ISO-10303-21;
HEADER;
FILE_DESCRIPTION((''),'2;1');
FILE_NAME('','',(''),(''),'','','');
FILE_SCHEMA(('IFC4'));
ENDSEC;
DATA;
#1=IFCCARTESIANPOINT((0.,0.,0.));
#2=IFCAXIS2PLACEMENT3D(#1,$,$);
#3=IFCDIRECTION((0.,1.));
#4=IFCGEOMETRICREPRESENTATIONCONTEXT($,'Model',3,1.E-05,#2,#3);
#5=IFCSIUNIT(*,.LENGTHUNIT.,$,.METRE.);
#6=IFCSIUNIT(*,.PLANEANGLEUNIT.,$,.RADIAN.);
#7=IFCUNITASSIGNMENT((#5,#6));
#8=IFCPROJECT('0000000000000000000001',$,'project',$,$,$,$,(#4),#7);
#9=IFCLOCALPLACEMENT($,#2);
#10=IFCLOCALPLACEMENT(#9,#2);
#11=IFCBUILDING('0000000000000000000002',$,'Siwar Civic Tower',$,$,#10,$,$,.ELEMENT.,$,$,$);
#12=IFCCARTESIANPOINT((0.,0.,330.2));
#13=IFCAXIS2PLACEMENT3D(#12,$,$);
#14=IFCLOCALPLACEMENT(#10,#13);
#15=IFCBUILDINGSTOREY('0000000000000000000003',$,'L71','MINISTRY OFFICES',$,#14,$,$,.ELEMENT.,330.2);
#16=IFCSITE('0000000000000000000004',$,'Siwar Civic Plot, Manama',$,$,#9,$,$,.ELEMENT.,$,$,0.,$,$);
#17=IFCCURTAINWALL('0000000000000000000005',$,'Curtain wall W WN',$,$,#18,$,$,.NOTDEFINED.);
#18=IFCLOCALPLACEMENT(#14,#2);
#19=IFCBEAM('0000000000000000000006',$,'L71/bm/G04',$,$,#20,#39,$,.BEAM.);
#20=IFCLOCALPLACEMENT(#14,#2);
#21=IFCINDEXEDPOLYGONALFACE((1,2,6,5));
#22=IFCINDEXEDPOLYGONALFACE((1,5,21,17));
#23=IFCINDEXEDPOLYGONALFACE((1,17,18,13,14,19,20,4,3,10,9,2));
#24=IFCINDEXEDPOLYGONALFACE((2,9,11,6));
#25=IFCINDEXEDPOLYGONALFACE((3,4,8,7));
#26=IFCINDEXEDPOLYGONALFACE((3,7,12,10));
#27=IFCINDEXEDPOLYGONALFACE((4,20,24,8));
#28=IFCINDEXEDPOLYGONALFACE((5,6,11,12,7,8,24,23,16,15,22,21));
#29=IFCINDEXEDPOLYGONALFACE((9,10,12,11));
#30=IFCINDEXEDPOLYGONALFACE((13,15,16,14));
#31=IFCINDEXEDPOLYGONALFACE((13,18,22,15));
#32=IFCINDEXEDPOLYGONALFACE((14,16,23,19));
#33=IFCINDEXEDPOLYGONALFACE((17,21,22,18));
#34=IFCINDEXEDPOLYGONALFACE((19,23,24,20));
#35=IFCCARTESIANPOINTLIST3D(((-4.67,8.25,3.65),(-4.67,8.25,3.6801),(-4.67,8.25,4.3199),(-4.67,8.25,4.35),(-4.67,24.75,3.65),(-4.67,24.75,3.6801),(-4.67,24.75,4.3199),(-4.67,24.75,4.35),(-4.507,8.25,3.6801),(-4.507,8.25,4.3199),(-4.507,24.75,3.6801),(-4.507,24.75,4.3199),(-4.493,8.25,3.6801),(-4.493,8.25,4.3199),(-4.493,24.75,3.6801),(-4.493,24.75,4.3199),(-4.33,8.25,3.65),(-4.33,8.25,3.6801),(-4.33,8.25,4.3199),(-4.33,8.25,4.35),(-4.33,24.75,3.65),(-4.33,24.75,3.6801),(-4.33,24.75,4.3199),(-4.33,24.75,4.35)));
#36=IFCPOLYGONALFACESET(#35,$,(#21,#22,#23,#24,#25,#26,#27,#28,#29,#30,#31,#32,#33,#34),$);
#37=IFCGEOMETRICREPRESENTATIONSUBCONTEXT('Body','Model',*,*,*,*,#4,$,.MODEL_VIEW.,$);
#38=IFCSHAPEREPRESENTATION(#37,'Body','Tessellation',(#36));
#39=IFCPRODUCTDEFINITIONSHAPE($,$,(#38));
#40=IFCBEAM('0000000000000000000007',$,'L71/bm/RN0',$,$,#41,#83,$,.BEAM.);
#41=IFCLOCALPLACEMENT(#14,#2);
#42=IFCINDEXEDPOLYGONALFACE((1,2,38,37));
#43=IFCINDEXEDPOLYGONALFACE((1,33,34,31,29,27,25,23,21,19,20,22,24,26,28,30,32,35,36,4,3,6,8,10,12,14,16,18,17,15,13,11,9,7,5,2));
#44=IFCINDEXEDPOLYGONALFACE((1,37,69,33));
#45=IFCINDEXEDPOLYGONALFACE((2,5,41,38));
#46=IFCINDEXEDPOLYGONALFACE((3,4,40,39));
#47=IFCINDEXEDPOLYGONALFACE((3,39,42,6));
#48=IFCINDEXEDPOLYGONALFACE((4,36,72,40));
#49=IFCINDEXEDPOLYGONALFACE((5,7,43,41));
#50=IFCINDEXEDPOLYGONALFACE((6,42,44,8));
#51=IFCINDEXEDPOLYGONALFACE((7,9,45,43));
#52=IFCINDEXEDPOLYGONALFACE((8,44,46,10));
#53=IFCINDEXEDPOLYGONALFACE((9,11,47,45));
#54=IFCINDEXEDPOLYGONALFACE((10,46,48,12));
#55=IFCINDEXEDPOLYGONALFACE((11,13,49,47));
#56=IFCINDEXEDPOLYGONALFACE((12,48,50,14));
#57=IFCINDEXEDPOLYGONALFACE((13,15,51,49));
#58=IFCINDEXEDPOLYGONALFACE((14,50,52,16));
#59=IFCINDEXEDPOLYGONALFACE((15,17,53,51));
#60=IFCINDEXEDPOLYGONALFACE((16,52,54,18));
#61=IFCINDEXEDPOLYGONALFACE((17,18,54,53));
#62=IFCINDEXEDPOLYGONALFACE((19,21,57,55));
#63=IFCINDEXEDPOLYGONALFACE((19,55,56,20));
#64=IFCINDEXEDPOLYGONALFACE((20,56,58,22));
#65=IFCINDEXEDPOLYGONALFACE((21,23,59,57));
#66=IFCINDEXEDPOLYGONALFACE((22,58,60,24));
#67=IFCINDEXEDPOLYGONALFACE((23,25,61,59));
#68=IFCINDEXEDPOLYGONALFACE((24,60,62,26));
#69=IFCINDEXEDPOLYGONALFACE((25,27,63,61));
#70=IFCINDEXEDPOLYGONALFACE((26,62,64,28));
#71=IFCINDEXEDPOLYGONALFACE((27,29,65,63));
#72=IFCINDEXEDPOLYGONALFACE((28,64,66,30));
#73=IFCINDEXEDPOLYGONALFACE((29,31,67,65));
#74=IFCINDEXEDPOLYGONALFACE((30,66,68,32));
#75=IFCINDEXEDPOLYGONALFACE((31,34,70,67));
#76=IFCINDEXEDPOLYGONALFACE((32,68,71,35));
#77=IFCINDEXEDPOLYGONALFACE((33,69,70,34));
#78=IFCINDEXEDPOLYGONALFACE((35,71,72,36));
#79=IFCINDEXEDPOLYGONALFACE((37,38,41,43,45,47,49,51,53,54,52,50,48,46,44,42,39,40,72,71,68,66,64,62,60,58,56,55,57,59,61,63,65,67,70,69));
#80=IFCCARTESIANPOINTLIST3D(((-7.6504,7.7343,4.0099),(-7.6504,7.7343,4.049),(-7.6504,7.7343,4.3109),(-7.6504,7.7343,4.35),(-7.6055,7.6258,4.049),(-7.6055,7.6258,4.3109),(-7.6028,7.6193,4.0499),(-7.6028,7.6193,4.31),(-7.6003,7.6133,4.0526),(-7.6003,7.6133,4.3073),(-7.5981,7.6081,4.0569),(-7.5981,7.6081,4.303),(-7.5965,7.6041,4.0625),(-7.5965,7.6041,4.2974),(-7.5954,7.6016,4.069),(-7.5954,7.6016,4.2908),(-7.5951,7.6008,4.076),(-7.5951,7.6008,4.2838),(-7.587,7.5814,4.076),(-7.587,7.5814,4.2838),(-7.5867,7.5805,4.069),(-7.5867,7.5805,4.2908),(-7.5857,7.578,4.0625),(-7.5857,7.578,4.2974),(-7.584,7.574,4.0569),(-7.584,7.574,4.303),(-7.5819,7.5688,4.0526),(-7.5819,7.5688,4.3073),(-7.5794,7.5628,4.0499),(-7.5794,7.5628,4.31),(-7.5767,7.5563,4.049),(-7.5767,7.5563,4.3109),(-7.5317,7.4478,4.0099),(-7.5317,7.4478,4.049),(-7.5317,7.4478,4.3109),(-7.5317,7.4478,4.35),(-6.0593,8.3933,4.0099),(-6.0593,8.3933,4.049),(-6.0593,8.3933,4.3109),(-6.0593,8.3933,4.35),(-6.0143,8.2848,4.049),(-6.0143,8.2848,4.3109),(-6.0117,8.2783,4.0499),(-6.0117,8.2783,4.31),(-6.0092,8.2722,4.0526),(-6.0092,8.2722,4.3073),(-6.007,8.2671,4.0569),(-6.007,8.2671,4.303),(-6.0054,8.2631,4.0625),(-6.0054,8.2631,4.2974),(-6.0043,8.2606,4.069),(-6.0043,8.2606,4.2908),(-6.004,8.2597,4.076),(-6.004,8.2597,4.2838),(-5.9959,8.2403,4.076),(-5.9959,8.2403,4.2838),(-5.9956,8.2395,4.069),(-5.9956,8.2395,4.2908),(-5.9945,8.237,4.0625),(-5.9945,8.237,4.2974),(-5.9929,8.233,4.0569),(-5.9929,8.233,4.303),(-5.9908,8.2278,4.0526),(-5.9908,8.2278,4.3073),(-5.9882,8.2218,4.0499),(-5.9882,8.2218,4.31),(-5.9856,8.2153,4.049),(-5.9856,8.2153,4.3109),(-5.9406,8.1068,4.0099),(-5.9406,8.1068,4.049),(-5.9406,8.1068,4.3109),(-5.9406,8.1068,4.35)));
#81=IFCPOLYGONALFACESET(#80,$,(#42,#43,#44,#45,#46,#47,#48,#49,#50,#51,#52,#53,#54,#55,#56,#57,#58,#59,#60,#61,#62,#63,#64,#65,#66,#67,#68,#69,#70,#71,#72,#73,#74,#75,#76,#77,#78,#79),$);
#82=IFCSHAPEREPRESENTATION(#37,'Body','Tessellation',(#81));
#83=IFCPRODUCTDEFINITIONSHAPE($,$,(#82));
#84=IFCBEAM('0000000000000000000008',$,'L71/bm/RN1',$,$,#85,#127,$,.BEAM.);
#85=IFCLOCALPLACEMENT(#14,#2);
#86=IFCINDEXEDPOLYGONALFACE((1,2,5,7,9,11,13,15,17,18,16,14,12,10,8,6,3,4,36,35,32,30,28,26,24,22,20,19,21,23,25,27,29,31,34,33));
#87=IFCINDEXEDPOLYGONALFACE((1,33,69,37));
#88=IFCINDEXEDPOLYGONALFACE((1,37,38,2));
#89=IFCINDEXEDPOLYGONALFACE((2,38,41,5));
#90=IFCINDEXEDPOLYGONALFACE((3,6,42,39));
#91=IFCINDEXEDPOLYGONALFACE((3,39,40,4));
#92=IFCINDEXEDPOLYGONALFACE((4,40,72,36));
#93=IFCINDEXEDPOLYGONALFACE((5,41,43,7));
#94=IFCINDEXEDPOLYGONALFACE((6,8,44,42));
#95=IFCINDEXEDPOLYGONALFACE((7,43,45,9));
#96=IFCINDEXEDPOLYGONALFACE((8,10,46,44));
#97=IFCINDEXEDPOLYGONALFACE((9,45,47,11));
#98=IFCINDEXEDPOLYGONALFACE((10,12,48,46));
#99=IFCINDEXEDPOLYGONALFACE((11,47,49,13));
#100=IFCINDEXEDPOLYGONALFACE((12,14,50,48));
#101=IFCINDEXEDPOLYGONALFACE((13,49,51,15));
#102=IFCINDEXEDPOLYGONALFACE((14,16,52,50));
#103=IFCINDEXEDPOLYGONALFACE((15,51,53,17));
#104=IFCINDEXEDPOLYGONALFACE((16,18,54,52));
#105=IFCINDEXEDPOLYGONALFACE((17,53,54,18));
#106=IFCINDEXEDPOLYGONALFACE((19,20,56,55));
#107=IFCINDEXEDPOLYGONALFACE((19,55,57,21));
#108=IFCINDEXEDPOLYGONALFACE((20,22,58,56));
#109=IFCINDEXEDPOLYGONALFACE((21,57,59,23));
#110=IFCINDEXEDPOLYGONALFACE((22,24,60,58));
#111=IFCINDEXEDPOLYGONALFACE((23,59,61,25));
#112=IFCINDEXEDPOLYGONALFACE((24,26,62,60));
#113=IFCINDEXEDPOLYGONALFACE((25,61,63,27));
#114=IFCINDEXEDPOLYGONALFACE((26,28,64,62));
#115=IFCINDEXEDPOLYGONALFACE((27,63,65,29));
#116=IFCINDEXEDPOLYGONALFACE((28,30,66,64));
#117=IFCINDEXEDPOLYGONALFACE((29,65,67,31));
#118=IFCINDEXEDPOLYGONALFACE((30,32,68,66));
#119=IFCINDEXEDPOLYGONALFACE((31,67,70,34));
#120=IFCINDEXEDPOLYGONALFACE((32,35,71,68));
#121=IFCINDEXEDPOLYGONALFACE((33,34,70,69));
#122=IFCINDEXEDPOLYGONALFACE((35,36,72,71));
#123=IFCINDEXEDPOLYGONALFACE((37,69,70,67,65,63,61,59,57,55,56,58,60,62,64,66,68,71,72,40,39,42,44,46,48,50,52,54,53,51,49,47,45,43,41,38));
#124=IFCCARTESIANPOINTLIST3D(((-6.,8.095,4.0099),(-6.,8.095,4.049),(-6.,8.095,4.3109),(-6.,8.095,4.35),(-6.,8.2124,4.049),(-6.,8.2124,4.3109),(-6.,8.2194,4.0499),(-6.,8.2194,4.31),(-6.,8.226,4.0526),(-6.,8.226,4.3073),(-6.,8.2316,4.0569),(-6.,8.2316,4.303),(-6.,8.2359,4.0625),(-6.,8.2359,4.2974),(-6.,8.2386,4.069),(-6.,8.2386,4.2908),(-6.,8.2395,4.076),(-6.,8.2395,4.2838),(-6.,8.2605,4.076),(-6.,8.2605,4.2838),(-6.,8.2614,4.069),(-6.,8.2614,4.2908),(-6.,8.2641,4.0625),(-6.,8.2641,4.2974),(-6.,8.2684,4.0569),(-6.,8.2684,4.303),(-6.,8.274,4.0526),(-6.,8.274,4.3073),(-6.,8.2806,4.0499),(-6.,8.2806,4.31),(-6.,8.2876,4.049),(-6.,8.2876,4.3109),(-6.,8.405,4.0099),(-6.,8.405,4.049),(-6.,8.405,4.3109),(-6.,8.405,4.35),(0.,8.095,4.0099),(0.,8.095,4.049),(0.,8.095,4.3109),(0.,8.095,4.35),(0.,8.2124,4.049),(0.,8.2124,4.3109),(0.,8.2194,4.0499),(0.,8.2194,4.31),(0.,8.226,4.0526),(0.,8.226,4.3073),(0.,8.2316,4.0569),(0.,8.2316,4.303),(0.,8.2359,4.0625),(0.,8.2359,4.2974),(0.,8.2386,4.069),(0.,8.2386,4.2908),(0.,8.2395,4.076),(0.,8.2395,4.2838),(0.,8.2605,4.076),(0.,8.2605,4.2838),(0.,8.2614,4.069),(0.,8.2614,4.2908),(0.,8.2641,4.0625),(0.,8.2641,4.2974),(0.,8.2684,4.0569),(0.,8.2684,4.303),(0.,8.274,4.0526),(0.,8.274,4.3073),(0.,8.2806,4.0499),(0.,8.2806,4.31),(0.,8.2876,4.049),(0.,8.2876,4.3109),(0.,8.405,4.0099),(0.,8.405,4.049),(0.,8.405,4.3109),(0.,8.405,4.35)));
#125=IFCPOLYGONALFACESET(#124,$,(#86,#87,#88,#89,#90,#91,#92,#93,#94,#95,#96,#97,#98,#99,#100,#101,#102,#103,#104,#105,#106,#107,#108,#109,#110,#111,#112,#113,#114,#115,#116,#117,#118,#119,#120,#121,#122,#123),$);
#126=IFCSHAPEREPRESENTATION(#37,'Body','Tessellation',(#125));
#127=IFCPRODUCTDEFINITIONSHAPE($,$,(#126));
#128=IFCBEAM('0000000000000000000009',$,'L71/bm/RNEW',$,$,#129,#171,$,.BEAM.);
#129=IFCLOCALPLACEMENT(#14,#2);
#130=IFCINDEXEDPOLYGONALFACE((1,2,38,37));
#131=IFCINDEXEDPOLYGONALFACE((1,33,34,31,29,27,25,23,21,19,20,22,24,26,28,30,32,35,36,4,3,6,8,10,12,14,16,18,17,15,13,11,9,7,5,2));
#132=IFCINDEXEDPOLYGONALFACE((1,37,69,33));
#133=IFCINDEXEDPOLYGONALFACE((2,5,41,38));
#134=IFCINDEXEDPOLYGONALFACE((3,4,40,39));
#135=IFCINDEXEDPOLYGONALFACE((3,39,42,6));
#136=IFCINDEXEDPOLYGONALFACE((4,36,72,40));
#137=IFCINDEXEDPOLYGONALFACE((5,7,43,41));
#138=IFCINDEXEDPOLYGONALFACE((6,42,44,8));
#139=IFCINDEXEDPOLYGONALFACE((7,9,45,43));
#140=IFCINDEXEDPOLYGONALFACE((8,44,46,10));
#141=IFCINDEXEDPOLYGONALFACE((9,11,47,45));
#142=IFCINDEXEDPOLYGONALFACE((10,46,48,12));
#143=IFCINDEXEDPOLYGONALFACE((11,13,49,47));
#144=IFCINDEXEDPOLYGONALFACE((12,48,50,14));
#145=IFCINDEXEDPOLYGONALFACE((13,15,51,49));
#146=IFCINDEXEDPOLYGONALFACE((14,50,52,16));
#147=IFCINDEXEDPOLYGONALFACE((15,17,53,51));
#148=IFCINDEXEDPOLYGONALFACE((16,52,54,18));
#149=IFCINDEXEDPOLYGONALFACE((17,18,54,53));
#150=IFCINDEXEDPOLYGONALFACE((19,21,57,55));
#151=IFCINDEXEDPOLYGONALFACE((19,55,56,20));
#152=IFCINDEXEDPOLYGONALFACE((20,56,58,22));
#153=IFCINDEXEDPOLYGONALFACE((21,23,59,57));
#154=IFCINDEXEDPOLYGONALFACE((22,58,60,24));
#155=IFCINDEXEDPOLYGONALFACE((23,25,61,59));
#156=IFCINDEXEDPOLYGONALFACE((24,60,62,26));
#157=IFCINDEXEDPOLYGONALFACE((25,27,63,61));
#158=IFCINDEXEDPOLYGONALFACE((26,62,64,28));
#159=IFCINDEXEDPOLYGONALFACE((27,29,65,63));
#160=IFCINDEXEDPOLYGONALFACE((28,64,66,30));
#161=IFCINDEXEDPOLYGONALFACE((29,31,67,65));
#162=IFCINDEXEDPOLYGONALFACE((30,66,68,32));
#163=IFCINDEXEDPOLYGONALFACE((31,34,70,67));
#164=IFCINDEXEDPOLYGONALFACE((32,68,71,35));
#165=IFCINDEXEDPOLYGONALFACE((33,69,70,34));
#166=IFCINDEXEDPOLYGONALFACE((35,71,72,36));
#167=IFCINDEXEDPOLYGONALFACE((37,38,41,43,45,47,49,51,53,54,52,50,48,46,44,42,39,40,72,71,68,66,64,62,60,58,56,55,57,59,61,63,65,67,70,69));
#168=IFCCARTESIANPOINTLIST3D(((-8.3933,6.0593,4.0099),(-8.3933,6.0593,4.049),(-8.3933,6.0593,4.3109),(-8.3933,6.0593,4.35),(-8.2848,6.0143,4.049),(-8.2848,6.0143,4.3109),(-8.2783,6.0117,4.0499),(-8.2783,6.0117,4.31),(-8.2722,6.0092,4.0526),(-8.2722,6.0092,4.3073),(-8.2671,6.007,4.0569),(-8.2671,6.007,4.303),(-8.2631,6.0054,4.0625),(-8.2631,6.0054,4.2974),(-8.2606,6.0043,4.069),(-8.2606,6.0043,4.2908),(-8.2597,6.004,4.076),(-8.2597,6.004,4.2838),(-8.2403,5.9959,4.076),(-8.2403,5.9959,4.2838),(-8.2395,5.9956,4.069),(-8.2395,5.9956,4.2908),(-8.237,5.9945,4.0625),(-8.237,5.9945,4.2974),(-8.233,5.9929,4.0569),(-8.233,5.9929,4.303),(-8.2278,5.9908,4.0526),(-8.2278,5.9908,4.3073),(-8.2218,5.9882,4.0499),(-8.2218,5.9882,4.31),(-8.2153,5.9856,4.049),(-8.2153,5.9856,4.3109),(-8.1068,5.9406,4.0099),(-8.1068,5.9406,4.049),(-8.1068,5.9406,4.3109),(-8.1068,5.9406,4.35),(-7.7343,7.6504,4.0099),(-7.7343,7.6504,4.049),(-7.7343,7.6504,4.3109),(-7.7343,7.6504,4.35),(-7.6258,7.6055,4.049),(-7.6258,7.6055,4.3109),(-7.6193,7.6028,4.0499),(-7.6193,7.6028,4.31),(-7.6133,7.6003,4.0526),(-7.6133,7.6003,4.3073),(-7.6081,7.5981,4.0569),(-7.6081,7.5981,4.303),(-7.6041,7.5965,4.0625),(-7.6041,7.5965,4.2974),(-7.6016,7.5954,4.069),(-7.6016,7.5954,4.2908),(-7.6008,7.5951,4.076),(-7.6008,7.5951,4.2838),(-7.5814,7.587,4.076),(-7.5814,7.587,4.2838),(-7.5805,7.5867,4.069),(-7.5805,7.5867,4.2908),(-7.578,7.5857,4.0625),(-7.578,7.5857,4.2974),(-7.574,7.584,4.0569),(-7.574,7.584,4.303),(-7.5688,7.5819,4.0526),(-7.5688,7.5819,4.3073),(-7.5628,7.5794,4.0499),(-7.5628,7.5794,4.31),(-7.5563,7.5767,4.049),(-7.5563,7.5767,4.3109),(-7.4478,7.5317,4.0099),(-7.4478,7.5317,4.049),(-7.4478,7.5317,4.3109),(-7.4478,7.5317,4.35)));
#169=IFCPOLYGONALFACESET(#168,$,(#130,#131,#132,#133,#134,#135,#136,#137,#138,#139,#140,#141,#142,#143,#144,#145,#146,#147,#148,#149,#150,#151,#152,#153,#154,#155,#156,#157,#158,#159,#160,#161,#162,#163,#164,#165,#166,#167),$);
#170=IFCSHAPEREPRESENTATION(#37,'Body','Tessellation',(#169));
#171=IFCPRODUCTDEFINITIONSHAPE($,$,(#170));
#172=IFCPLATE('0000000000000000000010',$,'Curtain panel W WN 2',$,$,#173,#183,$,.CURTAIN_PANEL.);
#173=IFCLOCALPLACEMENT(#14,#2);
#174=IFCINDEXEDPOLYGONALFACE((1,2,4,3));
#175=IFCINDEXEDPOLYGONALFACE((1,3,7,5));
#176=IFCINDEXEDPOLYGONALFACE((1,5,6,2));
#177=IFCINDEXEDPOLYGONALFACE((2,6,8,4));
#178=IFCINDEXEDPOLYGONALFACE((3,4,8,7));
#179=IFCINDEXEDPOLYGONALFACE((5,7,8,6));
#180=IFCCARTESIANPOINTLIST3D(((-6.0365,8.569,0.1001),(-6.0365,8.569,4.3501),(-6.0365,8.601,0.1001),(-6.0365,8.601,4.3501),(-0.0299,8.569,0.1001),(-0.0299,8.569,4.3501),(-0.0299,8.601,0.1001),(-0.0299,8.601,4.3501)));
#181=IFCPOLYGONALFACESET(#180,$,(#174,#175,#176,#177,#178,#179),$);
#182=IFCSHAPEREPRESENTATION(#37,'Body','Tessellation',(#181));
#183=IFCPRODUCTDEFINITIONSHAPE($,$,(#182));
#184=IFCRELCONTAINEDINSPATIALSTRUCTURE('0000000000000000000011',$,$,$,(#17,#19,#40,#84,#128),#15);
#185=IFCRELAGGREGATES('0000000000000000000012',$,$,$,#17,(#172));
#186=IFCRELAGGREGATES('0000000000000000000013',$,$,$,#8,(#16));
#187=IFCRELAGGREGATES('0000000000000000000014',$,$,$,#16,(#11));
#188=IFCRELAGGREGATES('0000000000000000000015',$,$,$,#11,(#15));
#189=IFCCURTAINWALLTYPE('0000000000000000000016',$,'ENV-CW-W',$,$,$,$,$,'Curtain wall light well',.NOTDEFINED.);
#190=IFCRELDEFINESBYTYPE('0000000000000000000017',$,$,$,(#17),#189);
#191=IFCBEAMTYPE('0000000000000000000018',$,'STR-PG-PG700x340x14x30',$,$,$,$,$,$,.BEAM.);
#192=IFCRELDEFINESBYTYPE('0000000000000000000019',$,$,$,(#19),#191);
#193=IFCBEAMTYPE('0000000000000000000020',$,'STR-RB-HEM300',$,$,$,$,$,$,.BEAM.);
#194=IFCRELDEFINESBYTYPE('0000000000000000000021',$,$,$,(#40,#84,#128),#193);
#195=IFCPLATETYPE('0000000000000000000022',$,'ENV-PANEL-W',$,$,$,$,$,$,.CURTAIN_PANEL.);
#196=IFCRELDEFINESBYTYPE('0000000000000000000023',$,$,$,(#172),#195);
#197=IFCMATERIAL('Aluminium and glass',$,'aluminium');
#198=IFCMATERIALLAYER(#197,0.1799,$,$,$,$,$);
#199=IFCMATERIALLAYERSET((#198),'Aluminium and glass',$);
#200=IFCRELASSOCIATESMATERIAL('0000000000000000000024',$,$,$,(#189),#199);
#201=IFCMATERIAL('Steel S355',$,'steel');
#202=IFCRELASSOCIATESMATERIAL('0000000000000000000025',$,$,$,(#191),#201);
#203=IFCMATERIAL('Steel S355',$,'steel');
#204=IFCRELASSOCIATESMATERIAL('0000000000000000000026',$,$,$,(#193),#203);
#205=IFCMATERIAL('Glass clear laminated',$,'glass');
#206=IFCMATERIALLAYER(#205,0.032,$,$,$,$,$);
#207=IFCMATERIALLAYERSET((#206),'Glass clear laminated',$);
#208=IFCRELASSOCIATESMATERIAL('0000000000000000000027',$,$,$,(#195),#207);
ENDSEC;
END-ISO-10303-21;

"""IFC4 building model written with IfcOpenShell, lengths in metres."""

from ifc_helpers import new_model, si_unit, direction, frame, origin, origin_2d, place, context, subcontext, project, spatial, rectangle, i_section, extrude, material, layer, layer_set, material_profile, profile_set, type_object, element, aggregate, save


model = new_model("IFC4")

# Units and contexts
model_context = context("Model", 3, precision=1e-05, world=origin(), true_north=direction((0.0, 1.0)))
body_context = subcontext(model_context, "Body", "Model", "MODEL_VIEW")
ifc_project = project(units=[si_unit("LENGTHUNIT", "METRE"), si_unit("PLANEANGLEUNIT", "RADIAN")], contexts=[model_context])

# Site, building, storey
site_placement = place(None, origin())
site = spatial("IfcSite", under=ifc_project, at=site_placement, Name="Siwar Civic Plot, Manama", CompositionType="ELEMENT", RefElevation=0.0)
building_placement = place(site_placement, origin())
building = spatial("IfcBuilding", under=site, at=building_placement, Name="Siwar Civic Tower", CompositionType="ELEMENT")
storey_placement = place(building_placement, frame((0.0, 0.0, 330.2)))
storey = spatial("IfcBuildingStorey", under=building, at=storey_placement, Name="L71", Description="MINISTRY OFFICES", CompositionType="ELEMENT", Elevation=330.2)

# Curtain wall
ifc_material_1 = material(Name="Aluminium and glass", Category="aluminium")
ifc_layer_1 = layer(ifc_material_1, 0.1799)
ifc_layer_set_1 = layer_set([ifc_layer_1], Name="Aluminium and glass")
curtain_wall_type = type_object("IfcCurtainWallType", Name="ENV-CW-W", ElementType="Curtain wall light well", PredefinedType="NOTDEFINED", material=ifc_layer_set_1)
curtain_wall_placement = place(storey_placement, origin())
curtain_wall = element("IfcCurtainWall", 1, at=curtain_wall_placement, inside=storey, type_object=curtain_wall_type, Name="Curtain wall W WN", PredefinedType="NOTDEFINED")

# Beams
ifc_material_2 = material(Name="Steel S355", Category="steel")
ifc_material_profile_1 = material_profile(ifc_material_2, i_section(OverallWidth=0.3401, OverallDepth=0.7, WebThickness=0.0139, FlangeThickness=0.03, at=origin_2d()), Name="PG700x340x14x30")
ifc_profile_set_1 = profile_set([ifc_material_profile_1], Name="Steel S355")
beam_type_1 = type_object("IfcBeamType", Name="STR-PG-PG700x340x14x30", PredefinedType="BEAM", material=ifc_profile_set_1)
beam_1_placement = place(storey_placement, frame((-4.5, 8.25, 4.0), z_axis=(0.0, 1.0, 0.0), x_axis=(-1.0, 0.0, 0.0)))
element("IfcBeam", 2, at=beam_1_placement, inside=storey, type_object=beam_type_1, Name="L71/bm/G04", PredefinedType="BEAM", context=body_context, shape_type="SweptSolid", body=[
    extrude(i_section(OverallWidth=0.3401, OverallDepth=0.7, WebThickness=0.0139, FlangeThickness=0.03, at=origin_2d()), origin(), (0.0, 0.0, 1.0), 16.5),
])
ifc_material_3 = material(Name="Steel S355", Category="steel")
ifc_material_profile_2 = material_profile(ifc_material_3, i_section(OverallWidth=0.3101, OverallDepth=0.3401, WebThickness=0.021, FlangeThickness=0.0391, FilletRadius=0.0271, at=origin_2d()), Name="HEM300")
ifc_profile_set_2 = profile_set([ifc_material_profile_2], Name="Steel S355")
beam_type_2 = type_object("IfcBeamType", Name="STR-RB-HEM300", PredefinedType="BEAM", material=ifc_profile_set_2)
beam_2_placement = place(storey_placement, frame((-7.5911, 7.5911, 4.1799), z_axis=(0.923901, 0.382631, 0.0), x_axis=(-0.382631, 0.923901, 0.0)))
element("IfcBeam", 3, at=beam_2_placement, inside=storey, type_object=beam_type_2, Name="L71/bm/RN0", PredefinedType="BEAM", context=body_context, shape_type="SweptSolid", body=[
    extrude(i_section(OverallWidth=0.3101, OverallDepth=0.3401, WebThickness=0.021, FlangeThickness=0.0391, FilletRadius=0.0271, at=origin_2d()), origin(), (0.0, 0.0, 1.0), 1.7222),
])
beam_3_placement = place(storey_placement, frame((-6.0, 8.25, 4.1799), z_axis=(1.0, 0.0, 0.0), x_axis=(0.0, 1.0, 0.0)))
element("IfcBeam", 4, at=beam_3_placement, inside=storey, type_object=beam_type_2, Name="L71/bm/RN1", PredefinedType="BEAM", context=body_context, shape_type="SweptSolid", body=[
    extrude(i_section(OverallWidth=0.3101, OverallDepth=0.3401, WebThickness=0.021, FlangeThickness=0.0391, FilletRadius=0.0271, at=origin_2d()), origin(), (0.0, 0.0, 1.0), 6.0),
])
beam_4_placement = place(storey_placement, frame((-7.5911, 7.5911, 4.1799), z_axis=(-0.382631, -0.923901, 0.0), x_axis=(0.923901, -0.382631, 0.0)))
element("IfcBeam", 5, at=beam_4_placement, inside=storey, type_object=beam_type_2, Name="L71/bm/RNEW", PredefinedType="BEAM", context=body_context, shape_type="SweptSolid", body=[
    extrude(i_section(OverallWidth=0.3101, OverallDepth=0.3401, WebThickness=0.021, FlangeThickness=0.0391, FilletRadius=0.0271, at=origin_2d()), origin(), (0.0, 0.0, 1.0), 1.7222),
])

# Plate
ifc_material_4 = material(Name="Glass clear laminated", Category="glass")
ifc_layer_2 = layer(ifc_material_4, 0.032)
ifc_layer_set_2 = layer_set([ifc_layer_2], Name="Glass clear laminated")
plate_type = type_object("IfcPlateType", Name="ENV-PANEL-W", PredefinedType="CURTAIN_PANEL", material=ifc_layer_set_2)
plate_placement = place(storey_placement, frame((-3.0332, 8.585, 0.1001), z_axis=(0.0, 0.0, 1.0), x_axis=(-1.0, 0.0, 0.0)))
plate = element("IfcPlate", 6, at=plate_placement, type_object=plate_type, Name="Curtain panel W WN 2", PredefinedType="CURTAIN_PANEL", context=body_context, shape_type="SweptSolid", body=[
    extrude(rectangle(XDim=6.0066, YDim=0.032, at=origin_2d()), origin(), (0.0, 0.0, 1.0), 4.25),
])
aggregate(curtain_wall, [plate])

save(model, "model.ifc")
